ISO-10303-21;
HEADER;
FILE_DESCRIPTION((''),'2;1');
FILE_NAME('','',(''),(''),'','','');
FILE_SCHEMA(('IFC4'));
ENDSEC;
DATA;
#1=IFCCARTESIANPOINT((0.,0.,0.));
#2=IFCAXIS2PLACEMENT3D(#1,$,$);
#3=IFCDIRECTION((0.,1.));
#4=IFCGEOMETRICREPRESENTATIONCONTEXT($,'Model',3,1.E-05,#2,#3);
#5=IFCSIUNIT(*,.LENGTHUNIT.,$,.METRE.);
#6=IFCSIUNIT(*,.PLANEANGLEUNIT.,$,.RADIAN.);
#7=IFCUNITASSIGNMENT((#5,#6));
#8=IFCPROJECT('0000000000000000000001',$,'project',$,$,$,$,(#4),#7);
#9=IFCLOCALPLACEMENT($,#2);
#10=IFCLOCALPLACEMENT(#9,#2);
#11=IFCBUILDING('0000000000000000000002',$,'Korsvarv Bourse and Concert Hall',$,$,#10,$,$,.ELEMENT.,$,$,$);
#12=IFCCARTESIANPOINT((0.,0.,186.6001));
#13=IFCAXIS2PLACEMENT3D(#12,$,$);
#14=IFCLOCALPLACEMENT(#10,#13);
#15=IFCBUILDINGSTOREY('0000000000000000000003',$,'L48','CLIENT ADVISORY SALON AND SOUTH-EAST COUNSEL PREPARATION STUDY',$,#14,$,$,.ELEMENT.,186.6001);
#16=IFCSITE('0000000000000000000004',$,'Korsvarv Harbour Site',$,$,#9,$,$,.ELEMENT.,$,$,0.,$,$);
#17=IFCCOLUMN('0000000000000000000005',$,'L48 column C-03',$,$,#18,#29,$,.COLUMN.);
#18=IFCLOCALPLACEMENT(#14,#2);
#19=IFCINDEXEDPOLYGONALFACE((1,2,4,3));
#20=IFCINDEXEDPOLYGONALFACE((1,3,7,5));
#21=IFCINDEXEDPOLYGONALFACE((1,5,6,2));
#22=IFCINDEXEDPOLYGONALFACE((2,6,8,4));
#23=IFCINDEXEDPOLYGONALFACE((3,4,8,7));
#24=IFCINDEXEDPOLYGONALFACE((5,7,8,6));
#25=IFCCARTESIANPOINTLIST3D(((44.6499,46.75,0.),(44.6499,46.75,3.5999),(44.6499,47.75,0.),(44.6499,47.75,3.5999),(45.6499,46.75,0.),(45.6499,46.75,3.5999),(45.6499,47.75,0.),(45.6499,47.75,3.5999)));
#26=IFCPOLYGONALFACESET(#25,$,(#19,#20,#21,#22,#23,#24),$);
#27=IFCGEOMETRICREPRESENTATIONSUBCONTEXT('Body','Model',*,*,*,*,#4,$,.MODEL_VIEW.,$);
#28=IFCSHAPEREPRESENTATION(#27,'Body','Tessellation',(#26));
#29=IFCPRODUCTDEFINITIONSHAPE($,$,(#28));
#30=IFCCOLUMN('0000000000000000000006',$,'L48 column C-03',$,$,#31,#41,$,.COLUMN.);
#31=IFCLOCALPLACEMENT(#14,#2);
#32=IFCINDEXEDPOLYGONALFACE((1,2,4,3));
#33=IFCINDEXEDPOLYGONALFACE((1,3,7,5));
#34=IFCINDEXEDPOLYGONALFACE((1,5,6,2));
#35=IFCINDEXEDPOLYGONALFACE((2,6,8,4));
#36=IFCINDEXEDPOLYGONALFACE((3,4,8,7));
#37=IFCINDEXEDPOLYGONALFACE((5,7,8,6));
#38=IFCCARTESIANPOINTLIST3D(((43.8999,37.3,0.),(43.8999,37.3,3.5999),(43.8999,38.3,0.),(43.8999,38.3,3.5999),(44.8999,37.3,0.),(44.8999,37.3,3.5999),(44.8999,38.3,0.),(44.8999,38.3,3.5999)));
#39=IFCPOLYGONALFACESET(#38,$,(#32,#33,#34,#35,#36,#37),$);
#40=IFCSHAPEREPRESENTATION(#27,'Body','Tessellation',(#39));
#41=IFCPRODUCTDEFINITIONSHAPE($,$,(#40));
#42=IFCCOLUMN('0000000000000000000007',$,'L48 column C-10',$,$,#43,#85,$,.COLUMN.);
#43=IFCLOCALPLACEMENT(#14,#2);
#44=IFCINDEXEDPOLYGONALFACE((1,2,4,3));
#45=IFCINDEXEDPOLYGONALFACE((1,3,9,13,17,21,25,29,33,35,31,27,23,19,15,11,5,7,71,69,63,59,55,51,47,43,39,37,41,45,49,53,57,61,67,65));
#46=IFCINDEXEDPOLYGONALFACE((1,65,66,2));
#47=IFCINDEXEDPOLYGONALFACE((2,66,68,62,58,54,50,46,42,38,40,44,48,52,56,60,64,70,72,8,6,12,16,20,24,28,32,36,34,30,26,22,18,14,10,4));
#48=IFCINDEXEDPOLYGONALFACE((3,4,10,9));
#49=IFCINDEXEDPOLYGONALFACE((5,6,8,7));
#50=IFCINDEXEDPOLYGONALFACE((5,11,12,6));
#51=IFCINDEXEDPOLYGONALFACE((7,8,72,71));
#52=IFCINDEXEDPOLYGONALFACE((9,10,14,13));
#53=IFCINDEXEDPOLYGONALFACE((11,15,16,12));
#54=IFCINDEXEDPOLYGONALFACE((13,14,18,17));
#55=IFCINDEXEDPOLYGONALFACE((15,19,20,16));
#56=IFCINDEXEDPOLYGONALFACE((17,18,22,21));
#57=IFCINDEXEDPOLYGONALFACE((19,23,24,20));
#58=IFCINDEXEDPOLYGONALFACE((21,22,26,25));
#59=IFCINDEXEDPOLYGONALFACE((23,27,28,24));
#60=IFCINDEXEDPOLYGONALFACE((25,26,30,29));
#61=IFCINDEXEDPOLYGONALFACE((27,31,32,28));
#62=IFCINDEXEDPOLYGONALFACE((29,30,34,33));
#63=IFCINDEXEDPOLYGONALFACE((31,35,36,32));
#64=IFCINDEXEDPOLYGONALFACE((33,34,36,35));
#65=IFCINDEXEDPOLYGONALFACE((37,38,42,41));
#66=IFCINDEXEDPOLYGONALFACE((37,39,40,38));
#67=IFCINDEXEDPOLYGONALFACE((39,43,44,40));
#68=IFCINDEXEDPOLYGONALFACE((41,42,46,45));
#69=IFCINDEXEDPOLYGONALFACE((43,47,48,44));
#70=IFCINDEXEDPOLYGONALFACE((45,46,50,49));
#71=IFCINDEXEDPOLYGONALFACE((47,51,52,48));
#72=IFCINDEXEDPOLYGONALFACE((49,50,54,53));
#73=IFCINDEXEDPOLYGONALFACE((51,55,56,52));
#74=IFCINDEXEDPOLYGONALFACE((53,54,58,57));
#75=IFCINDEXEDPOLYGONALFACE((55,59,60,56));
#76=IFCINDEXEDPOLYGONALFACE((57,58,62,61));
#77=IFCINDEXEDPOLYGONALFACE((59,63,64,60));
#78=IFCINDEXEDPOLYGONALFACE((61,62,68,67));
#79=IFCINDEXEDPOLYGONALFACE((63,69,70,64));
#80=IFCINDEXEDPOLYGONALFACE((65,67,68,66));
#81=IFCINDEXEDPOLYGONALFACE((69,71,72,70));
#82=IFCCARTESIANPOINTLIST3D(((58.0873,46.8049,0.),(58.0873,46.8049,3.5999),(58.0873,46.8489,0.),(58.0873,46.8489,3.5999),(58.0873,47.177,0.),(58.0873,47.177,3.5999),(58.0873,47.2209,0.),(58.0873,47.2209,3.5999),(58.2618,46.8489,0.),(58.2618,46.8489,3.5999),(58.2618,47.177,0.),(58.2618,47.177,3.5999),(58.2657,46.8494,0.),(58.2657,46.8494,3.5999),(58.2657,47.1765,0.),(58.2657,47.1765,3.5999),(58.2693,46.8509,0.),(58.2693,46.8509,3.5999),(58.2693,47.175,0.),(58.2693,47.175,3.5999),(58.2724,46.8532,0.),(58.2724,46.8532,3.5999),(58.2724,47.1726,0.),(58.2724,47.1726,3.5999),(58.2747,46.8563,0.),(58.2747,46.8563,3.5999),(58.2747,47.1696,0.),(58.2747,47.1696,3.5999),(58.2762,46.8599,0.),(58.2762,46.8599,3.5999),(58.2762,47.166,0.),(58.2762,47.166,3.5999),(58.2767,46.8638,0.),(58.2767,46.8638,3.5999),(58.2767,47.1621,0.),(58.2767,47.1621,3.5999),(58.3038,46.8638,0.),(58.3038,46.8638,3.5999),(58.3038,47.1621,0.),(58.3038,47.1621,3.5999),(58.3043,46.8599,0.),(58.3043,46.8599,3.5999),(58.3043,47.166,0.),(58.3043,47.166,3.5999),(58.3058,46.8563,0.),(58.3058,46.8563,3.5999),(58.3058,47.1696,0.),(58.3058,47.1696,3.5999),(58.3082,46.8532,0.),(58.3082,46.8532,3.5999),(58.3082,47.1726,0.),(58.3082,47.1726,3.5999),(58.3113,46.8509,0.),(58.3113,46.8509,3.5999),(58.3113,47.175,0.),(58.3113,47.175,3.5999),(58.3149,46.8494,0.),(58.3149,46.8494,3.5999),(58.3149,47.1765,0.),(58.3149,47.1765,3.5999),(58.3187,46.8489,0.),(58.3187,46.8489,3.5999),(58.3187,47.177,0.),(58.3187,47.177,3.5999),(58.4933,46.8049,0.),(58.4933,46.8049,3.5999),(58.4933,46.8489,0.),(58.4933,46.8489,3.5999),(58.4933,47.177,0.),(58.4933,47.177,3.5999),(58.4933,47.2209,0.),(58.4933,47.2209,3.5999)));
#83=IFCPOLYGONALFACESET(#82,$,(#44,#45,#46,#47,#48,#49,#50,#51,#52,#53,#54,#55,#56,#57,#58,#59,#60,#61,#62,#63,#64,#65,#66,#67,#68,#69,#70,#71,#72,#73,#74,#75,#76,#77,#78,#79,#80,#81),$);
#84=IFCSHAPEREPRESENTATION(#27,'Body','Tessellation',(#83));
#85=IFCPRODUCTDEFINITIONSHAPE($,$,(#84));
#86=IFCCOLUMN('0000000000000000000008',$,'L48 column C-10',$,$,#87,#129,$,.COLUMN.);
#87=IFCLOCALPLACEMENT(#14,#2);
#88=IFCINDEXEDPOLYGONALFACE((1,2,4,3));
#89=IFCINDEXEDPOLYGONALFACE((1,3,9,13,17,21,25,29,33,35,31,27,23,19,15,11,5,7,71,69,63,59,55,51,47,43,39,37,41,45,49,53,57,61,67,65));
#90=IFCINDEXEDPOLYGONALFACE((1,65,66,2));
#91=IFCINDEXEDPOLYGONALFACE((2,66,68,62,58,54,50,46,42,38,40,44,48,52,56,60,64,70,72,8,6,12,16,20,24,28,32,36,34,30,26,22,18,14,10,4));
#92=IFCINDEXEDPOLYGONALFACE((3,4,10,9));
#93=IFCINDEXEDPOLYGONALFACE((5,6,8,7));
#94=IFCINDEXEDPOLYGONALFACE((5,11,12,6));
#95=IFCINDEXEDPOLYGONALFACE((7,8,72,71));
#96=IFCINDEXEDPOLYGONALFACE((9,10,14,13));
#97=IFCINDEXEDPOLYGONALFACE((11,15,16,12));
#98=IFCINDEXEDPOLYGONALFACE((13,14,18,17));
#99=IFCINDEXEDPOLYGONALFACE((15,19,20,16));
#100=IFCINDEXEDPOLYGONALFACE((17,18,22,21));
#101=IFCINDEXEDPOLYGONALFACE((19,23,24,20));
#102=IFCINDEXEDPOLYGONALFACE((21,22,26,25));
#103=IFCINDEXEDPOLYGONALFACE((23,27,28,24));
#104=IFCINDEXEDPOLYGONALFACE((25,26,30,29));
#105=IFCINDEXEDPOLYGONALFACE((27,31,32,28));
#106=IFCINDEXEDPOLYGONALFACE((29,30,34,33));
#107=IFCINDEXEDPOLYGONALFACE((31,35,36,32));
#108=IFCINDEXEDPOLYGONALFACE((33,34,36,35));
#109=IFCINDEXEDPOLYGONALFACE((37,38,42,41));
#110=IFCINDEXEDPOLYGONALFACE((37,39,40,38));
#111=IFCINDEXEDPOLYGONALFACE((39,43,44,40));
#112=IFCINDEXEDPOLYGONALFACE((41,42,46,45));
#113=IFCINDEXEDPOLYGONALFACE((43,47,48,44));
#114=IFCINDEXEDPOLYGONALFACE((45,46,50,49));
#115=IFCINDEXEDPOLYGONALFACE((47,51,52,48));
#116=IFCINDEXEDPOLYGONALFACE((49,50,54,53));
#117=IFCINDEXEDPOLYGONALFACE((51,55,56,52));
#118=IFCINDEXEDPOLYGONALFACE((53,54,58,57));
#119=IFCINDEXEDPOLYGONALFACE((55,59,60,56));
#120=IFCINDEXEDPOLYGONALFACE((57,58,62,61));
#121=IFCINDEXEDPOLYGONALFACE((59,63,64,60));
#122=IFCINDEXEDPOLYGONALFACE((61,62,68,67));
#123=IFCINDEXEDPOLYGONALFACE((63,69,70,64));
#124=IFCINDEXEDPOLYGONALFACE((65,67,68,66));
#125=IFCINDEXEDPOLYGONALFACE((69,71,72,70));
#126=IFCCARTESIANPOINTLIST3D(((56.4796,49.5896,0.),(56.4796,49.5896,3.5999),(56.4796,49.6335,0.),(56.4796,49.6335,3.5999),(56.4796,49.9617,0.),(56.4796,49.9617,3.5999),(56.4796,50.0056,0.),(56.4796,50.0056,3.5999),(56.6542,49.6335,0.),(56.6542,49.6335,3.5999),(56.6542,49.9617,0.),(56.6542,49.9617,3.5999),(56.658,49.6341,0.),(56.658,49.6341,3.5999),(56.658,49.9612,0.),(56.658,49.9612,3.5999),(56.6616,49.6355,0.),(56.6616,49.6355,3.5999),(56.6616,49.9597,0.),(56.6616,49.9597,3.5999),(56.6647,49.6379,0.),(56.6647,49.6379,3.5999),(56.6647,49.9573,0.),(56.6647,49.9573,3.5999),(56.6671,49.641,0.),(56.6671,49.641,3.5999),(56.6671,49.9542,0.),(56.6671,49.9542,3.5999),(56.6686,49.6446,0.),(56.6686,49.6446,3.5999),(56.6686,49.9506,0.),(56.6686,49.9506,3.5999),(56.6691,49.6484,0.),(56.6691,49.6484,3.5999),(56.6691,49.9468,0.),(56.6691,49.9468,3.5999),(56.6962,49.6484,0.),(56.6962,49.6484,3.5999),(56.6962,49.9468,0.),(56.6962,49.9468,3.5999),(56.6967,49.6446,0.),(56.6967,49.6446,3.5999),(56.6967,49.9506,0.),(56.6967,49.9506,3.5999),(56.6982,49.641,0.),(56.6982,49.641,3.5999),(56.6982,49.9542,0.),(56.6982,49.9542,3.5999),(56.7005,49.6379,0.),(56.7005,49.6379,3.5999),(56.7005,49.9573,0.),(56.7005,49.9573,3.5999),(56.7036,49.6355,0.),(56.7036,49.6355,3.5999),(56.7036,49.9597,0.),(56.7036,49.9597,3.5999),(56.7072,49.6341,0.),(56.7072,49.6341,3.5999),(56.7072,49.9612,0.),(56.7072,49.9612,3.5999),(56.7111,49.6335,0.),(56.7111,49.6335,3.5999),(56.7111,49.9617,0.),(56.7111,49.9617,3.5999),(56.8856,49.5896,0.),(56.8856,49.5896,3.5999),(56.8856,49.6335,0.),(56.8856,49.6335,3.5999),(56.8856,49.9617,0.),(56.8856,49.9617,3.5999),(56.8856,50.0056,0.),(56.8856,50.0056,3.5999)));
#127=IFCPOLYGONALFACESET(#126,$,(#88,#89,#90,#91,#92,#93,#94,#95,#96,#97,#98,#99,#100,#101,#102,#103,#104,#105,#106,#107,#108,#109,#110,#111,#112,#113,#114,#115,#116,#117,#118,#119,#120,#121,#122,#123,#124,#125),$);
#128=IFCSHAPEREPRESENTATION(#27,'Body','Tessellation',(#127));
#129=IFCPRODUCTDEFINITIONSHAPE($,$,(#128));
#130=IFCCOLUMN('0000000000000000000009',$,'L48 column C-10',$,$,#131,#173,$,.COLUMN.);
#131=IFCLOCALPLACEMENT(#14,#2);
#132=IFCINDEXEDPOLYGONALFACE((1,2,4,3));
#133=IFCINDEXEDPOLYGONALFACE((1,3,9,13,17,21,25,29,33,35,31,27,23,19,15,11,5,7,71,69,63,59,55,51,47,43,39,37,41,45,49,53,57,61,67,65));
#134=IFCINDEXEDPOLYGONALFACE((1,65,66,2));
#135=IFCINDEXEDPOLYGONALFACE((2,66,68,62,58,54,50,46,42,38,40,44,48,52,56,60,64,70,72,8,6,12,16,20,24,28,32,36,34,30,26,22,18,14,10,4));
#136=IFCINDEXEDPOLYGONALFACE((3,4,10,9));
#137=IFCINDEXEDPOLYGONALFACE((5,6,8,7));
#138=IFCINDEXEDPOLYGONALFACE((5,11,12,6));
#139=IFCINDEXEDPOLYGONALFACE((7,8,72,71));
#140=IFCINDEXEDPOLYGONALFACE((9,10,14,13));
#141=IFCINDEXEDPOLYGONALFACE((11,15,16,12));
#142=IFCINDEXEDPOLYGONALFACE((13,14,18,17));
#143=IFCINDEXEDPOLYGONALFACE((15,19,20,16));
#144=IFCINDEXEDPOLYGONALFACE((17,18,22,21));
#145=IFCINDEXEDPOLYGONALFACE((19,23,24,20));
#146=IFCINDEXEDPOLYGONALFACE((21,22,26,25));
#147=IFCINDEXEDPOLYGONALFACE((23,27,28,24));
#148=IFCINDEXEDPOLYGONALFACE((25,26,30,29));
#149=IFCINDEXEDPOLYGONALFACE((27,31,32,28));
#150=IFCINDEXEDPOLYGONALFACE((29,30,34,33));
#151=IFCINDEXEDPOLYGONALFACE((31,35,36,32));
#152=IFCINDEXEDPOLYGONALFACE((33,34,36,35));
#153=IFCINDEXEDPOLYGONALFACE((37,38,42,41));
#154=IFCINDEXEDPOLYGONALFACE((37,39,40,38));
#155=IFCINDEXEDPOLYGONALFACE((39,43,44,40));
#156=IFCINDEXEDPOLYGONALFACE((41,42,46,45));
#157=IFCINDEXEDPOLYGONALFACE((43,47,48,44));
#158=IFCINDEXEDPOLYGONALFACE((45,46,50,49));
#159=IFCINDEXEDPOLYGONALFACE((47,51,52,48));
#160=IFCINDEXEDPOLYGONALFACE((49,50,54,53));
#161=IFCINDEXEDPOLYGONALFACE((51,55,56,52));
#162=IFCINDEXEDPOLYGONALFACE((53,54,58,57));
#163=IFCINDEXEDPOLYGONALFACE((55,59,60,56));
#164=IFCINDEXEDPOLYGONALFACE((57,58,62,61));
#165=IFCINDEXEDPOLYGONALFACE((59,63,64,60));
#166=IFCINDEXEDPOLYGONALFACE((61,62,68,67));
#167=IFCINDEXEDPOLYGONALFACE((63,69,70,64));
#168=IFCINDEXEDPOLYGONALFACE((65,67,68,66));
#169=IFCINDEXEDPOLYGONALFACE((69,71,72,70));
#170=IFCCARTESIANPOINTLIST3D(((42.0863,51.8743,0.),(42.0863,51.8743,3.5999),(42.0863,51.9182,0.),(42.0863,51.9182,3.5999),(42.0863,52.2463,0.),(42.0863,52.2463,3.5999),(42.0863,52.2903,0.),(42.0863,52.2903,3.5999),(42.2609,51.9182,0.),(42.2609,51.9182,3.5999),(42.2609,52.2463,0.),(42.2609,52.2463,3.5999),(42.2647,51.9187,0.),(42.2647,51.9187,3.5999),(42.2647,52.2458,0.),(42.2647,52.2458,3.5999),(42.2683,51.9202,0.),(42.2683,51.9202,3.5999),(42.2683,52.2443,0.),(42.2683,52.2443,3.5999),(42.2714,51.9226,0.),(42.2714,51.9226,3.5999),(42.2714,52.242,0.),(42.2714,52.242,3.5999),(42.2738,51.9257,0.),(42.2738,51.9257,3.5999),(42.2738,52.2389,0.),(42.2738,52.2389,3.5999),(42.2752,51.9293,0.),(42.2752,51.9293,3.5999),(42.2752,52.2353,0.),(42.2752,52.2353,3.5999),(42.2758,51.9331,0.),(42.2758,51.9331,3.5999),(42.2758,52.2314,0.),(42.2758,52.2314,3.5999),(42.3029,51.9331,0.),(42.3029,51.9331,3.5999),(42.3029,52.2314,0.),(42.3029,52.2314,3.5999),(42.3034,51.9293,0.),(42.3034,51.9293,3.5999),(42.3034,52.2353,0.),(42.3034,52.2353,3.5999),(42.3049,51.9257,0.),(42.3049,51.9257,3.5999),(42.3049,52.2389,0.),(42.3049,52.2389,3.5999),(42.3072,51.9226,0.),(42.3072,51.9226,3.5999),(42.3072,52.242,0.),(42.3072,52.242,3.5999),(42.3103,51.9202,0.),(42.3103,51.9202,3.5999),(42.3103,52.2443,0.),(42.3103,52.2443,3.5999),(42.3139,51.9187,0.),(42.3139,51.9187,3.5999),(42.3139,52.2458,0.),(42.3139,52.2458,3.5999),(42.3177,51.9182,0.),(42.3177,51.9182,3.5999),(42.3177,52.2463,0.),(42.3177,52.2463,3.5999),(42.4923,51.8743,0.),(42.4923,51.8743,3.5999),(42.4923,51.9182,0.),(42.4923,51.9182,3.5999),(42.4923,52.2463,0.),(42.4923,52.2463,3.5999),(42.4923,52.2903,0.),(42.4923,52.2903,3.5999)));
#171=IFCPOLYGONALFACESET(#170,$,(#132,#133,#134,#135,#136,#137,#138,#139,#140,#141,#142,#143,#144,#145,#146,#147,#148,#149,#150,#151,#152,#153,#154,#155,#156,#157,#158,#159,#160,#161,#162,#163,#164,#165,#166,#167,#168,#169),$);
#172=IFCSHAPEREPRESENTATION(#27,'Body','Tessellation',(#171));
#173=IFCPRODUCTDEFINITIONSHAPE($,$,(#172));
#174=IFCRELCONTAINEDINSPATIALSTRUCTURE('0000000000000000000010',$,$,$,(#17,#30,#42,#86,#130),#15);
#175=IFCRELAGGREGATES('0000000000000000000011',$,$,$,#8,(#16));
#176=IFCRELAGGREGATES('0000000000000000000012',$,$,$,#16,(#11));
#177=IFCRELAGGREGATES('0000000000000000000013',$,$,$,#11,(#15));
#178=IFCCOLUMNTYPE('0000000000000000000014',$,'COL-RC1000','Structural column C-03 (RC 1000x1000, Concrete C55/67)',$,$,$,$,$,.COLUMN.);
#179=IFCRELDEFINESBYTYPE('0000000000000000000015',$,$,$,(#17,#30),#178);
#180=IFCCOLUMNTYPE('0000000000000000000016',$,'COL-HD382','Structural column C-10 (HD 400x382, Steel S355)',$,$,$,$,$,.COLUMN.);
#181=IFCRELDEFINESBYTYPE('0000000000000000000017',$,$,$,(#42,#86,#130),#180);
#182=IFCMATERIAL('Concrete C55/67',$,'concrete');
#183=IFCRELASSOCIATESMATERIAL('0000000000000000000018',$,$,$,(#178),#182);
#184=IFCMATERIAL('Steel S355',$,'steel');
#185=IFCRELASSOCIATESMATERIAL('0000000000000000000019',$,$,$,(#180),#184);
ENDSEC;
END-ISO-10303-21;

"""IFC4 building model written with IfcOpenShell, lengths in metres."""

from ifc_helpers import new_model, si_unit, direction, frame, origin, origin_2d, place, context, subcontext, project, spatial, rectangle, i_section, extrude, source, transform, mapped, material, material_profile, profile_set, type_object, element, save


model = new_model("IFC4")

# Units and contexts
model_context = context("Model", 3, precision=1e-05, world=origin(), true_north=direction((0.0, 1.0)))
body_context = subcontext(model_context, "Body", "Model", "MODEL_VIEW")
ifc_project = project(units=[si_unit("LENGTHUNIT", "METRE"), si_unit("PLANEANGLEUNIT", "RADIAN")], contexts=[model_context])

# Site, building, storey
site_placement = place(None, origin())
site = spatial("IfcSite", under=ifc_project, at=site_placement, Name="Korsvarv Harbour Site", CompositionType="ELEMENT", RefElevation=0.0)
building_placement = place(site_placement, origin())
building = spatial("IfcBuilding", under=site, at=building_placement, Name="Korsvarv Bourse and Concert Hall", CompositionType="ELEMENT")
storey_placement = place(building_placement, frame((0.0, 0.0, 186.6001)))
storey = spatial("IfcBuildingStorey", under=building, at=storey_placement, Name="L48", Description="CLIENT ADVISORY SALON AND SOUTH-EAST COUNSEL PREPARATION STUDY", CompositionType="ELEMENT", Elevation=186.6001)

# Columns
ifc_material_1 = material(Name="Concrete C55/67", Category="concrete")
ifc_material_profile_1 = material_profile(ifc_material_1, rectangle(XDim=1.0, YDim=1.0, at=origin_2d()), Name="RC 1000x1000")
ifc_profile_set_1 = profile_set([ifc_material_profile_1], Name="Concrete C55/67")
column_type_1 = type_object("IfcColumnType", Name="COL-RC1000", Description="Structural column C-03 (RC 1000x1000, Concrete C55/67)", PredefinedType="COLUMN", material=ifc_profile_set_1)
shared_shape_1 = source(origin(), body_context, "Body", "SweptSolid", [
    extrude(rectangle(XDim=1.0, YDim=1.0, at=origin_2d()), origin(), (0.0, 0.0, 1.0), 3.5999),
])
for number, where, z_axis, x_axis, name in (
    (1, (45.1499, 47.25, 0.0), (0.0, 0.0, 1.0), (1.0, 0.0, 0.0), "L48 column C-03"),
    (2, (44.3999, 37.8, 0.0), (0.0, 0.0, 1.0), (1.0, 0.0, 0.0), "L48 column C-03"),
):
    element("IfcColumn", number, at=place(storey_placement, frame(where, z_axis=z_axis, x_axis=x_axis)), inside=storey, type_object=column_type_1, Name=name, PredefinedType="COLUMN", context=body_context, shape_type="MappedRepresentation", body=[
        mapped(shared_shape_1, transform((0.0, 0.0, 0.0), scale=1.0)),
    ])
ifc_material_2 = material(Name="Steel S355", Category="steel")
ifc_material_profile_2 = material_profile(ifc_material_2, i_section(OverallWidth=0.406, OverallDepth=0.416, WebThickness=0.0271, FlangeThickness=0.0439, FilletRadius=0.0149, at=origin_2d()), Name="HD 400x382")
ifc_profile_set_2 = profile_set([ifc_material_profile_2], Name="Steel S355")
column_type_2 = type_object("IfcColumnType", Name="COL-HD382", Description="Structural column C-10 (HD 400x382, Steel S355)", PredefinedType="COLUMN", material=ifc_profile_set_2)
shared_shape_2 = source(origin(), body_context, "Body", "SweptSolid", [
    extrude(i_section(OverallWidth=0.406, OverallDepth=0.416, WebThickness=0.0271, FlangeThickness=0.0439, FilletRadius=0.0149, at=origin_2d()), origin(), (0.0, 0.0, 1.0), 3.5999),
])
for number, where, z_axis, x_axis, name in (
    (3, (58.2903, 47.0129, 0.0), (0.0, 0.0, 1.0), (1.0, 0.0, 0.0), "L48 column C-10"),
    (4, (56.6826, 49.7976, 0.0), (0.0, 0.0, 1.0), (1.0, 0.0, 0.0), "L48 column C-10"),
    (5, (42.2893, 52.0823, 0.0), (0.0, 0.0, 1.0), (1.0, 0.0, 0.0), "L48 column C-10"),
):
    element("IfcColumn", number, at=place(storey_placement, frame(where, z_axis=z_axis, x_axis=x_axis)), inside=storey, type_object=column_type_2, Name=name, PredefinedType="COLUMN", context=body_context, shape_type="MappedRepresentation", body=[
        mapped(shared_shape_2, transform((0.0, 0.0, 0.0), scale=1.0)),
    ])

save(model, "model.ifc")
